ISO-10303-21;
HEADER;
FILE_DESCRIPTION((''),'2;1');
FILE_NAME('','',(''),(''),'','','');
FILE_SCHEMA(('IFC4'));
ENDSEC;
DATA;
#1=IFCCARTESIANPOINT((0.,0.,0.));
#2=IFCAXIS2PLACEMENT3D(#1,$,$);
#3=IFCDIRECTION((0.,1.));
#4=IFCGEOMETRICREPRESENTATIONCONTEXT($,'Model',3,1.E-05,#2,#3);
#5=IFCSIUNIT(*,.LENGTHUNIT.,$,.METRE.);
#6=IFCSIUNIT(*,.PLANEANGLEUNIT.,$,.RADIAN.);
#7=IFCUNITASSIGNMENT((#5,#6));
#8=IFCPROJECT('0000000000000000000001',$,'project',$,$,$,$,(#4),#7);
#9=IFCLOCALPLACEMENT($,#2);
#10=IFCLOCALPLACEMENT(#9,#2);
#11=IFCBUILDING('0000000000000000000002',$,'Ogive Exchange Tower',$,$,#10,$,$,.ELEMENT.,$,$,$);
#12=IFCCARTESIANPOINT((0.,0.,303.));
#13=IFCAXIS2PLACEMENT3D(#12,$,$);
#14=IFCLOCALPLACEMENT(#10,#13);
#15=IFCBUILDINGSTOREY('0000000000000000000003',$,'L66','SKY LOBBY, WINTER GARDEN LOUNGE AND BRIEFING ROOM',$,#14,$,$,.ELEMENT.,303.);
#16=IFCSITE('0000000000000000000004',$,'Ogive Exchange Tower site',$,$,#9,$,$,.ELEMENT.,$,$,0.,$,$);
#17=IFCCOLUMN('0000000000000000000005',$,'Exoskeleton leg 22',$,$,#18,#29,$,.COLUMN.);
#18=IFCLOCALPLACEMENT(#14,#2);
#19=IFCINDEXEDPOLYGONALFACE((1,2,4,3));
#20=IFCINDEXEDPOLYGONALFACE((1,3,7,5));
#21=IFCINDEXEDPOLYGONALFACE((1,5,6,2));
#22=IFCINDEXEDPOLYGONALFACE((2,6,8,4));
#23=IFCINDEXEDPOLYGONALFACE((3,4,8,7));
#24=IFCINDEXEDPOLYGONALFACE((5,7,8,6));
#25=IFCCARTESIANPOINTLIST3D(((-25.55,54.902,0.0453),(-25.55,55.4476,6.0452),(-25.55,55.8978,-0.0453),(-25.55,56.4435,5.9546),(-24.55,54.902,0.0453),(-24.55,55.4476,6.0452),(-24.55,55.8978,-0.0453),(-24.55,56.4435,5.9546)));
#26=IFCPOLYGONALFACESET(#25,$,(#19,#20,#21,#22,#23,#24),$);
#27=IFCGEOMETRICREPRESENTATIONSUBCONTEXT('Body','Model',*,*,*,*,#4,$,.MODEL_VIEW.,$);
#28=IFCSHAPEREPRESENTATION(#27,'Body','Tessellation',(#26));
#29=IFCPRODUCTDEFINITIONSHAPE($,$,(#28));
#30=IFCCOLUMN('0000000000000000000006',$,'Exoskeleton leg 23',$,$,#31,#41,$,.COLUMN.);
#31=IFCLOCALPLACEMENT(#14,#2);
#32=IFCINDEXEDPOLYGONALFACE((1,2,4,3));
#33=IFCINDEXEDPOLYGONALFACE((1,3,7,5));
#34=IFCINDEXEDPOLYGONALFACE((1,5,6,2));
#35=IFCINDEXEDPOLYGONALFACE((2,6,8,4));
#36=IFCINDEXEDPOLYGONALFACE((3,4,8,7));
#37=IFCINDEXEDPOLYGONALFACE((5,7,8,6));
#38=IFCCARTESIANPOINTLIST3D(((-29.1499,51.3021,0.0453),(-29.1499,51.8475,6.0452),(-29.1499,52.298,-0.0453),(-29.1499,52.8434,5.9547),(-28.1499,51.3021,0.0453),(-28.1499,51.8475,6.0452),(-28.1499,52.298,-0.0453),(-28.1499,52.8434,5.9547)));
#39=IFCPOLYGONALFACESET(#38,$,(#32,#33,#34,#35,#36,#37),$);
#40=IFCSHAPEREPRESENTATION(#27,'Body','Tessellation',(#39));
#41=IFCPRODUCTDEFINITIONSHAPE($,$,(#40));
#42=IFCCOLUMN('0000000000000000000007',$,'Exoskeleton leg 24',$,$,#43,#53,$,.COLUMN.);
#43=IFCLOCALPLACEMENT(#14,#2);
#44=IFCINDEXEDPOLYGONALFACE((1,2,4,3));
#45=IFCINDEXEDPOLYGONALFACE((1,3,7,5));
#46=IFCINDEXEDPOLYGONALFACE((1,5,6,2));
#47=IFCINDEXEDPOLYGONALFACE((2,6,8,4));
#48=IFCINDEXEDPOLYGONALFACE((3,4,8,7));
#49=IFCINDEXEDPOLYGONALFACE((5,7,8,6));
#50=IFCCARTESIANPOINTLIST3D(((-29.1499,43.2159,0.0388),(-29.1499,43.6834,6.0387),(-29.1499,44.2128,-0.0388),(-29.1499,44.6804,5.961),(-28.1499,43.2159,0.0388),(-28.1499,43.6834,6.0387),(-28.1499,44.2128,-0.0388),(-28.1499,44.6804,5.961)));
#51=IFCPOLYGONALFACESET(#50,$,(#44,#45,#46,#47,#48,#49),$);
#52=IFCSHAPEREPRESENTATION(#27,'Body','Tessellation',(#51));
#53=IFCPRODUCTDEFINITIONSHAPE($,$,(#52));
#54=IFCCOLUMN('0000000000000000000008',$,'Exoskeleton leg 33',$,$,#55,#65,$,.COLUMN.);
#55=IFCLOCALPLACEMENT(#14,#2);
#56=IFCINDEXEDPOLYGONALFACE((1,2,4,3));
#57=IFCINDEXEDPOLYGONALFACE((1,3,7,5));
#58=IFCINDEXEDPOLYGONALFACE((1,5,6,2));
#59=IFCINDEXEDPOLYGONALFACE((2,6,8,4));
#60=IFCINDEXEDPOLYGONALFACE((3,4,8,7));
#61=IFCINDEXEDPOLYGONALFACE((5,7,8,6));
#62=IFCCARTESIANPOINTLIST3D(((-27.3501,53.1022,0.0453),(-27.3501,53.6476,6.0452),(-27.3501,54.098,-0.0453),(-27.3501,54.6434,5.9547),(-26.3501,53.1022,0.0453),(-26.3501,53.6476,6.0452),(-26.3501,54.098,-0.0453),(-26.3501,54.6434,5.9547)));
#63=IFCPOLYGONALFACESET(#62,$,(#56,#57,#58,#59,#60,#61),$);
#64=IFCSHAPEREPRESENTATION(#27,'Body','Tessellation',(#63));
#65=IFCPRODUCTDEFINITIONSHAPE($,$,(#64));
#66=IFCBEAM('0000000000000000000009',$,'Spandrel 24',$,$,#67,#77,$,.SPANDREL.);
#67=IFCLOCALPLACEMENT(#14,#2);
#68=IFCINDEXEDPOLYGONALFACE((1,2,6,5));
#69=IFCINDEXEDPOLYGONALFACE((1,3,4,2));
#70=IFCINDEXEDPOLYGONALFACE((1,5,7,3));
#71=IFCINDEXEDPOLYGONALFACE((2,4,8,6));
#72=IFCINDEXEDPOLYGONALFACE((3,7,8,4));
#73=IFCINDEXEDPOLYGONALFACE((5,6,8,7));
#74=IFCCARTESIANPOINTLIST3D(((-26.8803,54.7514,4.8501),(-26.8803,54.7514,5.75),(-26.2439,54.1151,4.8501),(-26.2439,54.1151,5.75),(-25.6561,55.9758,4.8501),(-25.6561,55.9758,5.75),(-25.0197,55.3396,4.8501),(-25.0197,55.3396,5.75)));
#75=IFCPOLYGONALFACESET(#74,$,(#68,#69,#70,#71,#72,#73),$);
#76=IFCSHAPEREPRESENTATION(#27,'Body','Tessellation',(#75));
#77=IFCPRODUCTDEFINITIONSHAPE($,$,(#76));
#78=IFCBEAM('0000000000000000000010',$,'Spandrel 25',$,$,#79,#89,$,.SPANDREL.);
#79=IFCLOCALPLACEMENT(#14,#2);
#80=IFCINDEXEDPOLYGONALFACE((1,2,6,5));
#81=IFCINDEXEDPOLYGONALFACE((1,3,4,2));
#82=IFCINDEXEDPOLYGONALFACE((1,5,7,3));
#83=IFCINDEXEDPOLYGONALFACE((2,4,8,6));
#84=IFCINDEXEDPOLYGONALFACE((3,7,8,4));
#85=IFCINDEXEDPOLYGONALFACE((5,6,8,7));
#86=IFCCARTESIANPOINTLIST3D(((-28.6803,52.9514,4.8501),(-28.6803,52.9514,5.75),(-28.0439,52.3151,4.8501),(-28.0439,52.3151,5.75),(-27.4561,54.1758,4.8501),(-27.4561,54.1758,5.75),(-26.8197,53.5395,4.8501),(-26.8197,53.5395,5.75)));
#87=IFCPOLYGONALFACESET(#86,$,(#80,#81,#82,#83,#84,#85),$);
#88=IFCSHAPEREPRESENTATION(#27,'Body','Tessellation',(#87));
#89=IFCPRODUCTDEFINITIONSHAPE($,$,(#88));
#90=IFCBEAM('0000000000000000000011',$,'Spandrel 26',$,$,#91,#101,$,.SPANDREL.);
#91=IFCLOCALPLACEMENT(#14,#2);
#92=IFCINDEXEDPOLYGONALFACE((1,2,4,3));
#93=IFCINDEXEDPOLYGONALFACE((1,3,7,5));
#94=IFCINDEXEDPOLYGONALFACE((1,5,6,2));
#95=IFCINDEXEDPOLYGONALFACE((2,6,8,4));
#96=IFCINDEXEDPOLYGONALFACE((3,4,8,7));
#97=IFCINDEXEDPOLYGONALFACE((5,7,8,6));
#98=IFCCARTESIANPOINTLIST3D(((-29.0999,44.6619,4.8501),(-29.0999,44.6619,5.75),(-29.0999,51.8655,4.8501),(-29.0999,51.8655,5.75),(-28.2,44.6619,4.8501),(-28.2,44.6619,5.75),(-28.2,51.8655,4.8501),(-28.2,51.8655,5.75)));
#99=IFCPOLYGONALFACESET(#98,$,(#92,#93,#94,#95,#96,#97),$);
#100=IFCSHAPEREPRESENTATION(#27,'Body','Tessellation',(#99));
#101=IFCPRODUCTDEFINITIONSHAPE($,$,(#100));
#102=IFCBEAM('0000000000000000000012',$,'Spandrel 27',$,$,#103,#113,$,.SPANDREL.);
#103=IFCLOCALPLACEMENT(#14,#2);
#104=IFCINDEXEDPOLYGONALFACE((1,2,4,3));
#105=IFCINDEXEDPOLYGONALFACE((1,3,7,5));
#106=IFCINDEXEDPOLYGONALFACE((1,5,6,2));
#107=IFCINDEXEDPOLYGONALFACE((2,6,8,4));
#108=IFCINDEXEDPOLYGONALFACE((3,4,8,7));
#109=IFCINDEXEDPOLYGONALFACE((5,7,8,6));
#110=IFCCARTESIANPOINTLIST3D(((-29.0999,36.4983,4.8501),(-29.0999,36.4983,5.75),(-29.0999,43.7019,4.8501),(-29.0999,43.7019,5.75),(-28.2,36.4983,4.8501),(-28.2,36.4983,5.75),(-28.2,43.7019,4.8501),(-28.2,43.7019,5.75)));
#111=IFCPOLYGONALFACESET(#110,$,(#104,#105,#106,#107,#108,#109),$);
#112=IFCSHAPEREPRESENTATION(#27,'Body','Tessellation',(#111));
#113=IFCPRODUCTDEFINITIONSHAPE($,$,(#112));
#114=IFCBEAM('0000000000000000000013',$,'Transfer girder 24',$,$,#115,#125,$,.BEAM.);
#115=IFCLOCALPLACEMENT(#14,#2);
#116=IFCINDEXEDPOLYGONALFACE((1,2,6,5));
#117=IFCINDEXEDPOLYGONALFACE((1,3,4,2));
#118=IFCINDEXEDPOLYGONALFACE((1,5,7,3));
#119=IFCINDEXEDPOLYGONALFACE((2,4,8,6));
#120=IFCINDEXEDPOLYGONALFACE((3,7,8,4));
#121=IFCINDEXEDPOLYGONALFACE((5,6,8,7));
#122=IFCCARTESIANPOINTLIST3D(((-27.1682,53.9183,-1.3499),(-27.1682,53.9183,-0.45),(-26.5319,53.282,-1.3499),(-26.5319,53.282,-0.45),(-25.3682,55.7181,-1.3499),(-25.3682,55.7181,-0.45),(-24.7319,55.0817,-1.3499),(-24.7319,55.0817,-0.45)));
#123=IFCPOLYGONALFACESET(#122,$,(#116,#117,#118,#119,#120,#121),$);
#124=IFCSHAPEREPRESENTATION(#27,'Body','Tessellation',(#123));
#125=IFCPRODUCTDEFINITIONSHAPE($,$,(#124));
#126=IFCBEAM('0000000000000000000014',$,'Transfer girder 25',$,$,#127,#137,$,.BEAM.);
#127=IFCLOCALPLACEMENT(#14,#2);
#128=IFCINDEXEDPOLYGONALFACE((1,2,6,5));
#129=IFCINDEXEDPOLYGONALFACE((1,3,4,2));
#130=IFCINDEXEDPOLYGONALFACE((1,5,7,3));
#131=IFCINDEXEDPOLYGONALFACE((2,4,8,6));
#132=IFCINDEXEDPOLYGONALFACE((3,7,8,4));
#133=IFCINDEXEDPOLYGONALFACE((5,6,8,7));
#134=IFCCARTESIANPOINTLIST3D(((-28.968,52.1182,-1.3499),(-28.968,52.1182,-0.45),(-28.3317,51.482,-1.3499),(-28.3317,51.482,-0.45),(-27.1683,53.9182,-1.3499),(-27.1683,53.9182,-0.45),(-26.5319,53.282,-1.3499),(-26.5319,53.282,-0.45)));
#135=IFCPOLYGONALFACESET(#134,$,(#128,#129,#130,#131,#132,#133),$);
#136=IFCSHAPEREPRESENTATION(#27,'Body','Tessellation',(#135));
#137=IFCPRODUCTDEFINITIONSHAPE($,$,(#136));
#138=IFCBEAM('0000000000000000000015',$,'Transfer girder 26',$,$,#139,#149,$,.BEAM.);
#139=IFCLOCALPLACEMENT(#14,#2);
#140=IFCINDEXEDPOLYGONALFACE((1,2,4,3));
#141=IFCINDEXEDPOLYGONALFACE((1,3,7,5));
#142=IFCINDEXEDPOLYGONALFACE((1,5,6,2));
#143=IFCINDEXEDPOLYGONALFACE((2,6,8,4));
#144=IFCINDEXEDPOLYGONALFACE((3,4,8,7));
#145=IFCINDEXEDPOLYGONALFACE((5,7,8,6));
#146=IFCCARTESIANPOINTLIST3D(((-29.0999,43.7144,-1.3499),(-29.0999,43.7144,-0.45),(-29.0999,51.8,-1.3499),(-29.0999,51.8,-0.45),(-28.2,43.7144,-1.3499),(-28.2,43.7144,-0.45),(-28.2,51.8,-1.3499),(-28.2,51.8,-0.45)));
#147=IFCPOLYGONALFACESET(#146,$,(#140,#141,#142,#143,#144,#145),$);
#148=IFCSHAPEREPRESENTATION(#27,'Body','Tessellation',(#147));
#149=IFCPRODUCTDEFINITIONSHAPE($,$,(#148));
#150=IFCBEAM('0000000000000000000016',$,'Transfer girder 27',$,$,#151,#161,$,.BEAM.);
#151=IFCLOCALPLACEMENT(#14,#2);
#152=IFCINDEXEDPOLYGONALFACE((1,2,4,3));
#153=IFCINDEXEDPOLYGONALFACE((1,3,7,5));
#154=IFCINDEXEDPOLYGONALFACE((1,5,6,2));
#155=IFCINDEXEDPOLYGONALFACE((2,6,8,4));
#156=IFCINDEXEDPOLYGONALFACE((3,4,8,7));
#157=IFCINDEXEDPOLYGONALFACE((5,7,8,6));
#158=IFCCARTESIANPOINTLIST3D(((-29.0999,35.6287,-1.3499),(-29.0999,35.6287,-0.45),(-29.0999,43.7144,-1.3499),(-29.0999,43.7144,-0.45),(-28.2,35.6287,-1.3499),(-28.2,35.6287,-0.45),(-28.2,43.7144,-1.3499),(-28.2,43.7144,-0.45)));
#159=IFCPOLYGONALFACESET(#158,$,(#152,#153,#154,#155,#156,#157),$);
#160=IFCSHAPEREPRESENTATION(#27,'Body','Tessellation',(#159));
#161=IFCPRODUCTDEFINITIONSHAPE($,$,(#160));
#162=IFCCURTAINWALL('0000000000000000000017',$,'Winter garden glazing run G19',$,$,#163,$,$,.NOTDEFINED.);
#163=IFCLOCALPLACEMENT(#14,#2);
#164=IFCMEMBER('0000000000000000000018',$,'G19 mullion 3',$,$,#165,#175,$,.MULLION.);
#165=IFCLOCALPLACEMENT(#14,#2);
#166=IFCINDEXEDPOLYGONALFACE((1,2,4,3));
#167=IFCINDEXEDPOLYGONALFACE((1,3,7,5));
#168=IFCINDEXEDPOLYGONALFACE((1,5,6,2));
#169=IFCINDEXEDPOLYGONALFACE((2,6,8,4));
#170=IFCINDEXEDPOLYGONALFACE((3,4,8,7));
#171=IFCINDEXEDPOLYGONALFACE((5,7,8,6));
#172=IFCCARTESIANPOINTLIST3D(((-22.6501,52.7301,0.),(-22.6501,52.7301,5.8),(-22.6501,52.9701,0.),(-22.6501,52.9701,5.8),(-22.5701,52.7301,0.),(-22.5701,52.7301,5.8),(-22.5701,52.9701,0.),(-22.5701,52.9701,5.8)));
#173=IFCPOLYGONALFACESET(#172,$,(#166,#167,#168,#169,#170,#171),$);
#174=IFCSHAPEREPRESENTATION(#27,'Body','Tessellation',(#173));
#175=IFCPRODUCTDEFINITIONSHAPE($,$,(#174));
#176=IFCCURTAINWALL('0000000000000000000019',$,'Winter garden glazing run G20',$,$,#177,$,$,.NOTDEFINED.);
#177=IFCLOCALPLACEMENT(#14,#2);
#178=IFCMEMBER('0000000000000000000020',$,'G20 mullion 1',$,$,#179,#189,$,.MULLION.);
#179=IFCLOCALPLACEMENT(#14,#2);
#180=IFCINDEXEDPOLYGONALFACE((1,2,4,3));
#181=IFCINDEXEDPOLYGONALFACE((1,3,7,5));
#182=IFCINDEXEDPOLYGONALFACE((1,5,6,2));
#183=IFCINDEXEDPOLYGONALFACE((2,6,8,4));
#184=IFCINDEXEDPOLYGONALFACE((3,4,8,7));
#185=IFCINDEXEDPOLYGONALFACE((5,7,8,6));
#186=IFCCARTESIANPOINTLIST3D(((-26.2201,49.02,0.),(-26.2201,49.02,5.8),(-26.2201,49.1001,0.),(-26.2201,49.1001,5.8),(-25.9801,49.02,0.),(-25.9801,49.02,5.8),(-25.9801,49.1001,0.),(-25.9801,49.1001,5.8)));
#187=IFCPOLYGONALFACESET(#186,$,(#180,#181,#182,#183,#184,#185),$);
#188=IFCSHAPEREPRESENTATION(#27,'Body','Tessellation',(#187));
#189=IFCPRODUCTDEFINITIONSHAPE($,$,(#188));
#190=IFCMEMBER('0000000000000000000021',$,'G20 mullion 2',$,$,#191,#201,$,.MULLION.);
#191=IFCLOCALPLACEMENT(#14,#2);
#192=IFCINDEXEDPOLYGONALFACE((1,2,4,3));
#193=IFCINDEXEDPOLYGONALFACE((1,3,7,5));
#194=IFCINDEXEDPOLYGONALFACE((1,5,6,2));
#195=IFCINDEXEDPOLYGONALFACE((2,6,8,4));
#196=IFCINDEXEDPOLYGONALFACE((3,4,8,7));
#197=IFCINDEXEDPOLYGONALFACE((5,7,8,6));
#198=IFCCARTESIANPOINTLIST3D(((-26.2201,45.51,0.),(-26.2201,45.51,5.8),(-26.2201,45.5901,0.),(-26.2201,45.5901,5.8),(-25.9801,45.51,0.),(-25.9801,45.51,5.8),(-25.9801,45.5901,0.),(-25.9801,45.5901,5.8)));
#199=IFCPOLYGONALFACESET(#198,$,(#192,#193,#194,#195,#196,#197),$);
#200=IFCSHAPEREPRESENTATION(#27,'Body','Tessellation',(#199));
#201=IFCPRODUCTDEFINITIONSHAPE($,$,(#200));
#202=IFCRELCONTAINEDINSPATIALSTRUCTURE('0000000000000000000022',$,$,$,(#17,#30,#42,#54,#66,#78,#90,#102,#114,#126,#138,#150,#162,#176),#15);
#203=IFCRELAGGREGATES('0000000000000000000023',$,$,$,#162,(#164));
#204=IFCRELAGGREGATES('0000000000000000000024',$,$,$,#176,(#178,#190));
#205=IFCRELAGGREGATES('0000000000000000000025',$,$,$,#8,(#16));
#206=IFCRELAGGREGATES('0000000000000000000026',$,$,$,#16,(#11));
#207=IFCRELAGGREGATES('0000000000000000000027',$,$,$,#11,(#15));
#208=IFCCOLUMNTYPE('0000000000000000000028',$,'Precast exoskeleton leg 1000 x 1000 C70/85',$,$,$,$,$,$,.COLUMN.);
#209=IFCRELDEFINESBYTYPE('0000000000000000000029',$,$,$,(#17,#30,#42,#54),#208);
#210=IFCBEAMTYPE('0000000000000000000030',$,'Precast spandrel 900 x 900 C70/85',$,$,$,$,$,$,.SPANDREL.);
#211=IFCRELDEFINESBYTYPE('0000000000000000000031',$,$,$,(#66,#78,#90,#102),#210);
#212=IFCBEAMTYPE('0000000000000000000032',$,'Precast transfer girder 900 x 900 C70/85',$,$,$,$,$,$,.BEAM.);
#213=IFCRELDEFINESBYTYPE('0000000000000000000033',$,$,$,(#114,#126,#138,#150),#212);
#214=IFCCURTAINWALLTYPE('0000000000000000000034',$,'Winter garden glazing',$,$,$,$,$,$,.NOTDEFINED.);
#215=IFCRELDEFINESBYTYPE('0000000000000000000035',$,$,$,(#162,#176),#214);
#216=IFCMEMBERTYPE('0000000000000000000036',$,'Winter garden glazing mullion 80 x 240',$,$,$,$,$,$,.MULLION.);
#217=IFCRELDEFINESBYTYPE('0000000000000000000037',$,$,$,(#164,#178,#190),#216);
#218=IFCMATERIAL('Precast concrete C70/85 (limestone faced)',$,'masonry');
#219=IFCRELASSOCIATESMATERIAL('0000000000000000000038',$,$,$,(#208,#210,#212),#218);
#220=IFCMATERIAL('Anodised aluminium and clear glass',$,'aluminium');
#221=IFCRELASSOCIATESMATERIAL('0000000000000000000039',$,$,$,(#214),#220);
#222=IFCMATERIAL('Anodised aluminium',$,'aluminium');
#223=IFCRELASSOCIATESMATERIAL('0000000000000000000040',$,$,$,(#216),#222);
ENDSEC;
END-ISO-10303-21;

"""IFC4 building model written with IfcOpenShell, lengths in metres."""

from ifc_helpers import new_model, si_unit, direction, frame, origin, origin_2d, place, context, subcontext, project, spatial, rectangle, extrude, material, material_profile, profile_set, type_object, element, aggregate, save


model = new_model("IFC4")

# Units and contexts
model_context = context("Model", 3, precision=1e-05, world=origin(), true_north=direction((0.0, 1.0)))
body_context = subcontext(model_context, "Body", "Model", "MODEL_VIEW")
ifc_project = project(units=[si_unit("LENGTHUNIT", "METRE"), si_unit("PLANEANGLEUNIT", "RADIAN")], contexts=[model_context])

# Site, building, storey
site_placement = place(None, origin())
site = spatial("IfcSite", under=ifc_project, at=site_placement, Name="Ogive Exchange Tower site", CompositionType="ELEMENT", RefElevation=0.0)
building_placement = place(site_placement, origin())
building = spatial("IfcBuilding", under=site, at=building_placement, Name="Ogive Exchange Tower", CompositionType="ELEMENT")
storey_placement = place(building_placement, frame((0.0, 0.0, 303.0)))
storey = spatial("IfcBuildingStorey", under=building, at=storey_placement, Name="L66", Description="SKY LOBBY, WINTER GARDEN LOUNGE AND BRIEFING ROOM", CompositionType="ELEMENT", Elevation=303.0)

# Columns
ifc_material_1 = material(Name="Precast concrete C70/85 (limestone faced)", Category="masonry")
ifc_material_profile_1 = material_profile(ifc_material_1, rectangle(XDim=1.0, YDim=1.0, at=origin_2d()), Name="1000 x 1000")
ifc_profile_set_1 = profile_set([ifc_material_profile_1], Name="Precast concrete C70/85 (limestone faced)")
column_type = type_object("IfcColumnType", Name="Precast exoskeleton leg 1000 x 1000 C70/85", PredefinedType="COLUMN", material=ifc_profile_set_1)
for number, where, z_axis, x_axis, name in (
    (1, (-25.05, 55.3999, 0.0), (0.0, 0.090569, 0.99589), (-1.0, 0.0, 0.0), "Exoskeleton leg 22"),
    (2, (-28.6499, 51.8, 0.0), (0.0, 0.090528, 0.995894), (-1.0, 0.0, 0.0), "Exoskeleton leg 23"),
):
    element("IfcColumn", number, at=place(storey_placement, frame(where, z_axis=z_axis, x_axis=x_axis)), inside=storey, type_object=column_type, Name=name, PredefinedType="COLUMN", context=body_context, shape_type="SweptSolid", body=[
        extrude(rectangle(XDim=1.0, YDim=1.0, at=origin_2d()), origin(), (0.0, 0.0, 1.0), 6.0247),
    ])
column_1_placement = place(storey_placement, frame((-28.6499, 43.7144, 0.0), z_axis=(0.0, 0.077686, 0.996978), x_axis=(-1.0, 0.0, 0.0)))
element("IfcColumn", 3, at=column_1_placement, inside=storey, type_object=column_type, Name="Exoskeleton leg 24", PredefinedType="COLUMN", context=body_context, shape_type="SweptSolid", body=[
    extrude(rectangle(XDim=1.0, YDim=1.0, at=origin_2d()), origin(), (0.0, 0.0, 1.0), 6.0181),
])
column_2_placement = place(storey_placement, frame((-26.8501, 53.6001, 0.0), z_axis=(0.0, 0.090528, 0.995894), x_axis=(-1.0, 0.0, 0.0)))
element("IfcColumn", 4, at=column_2_placement, inside=storey, type_object=column_type, Name="Exoskeleton leg 33", PredefinedType="COLUMN", context=body_context, shape_type="SweptSolid", body=[
    extrude(rectangle(XDim=1.0, YDim=1.0, at=origin_2d()), origin(), (0.0, 0.0, 1.0), 6.0247),
])

# Beams
ifc_material_profile_2 = material_profile(ifc_material_1, rectangle(XDim=0.8999, YDim=0.8999, at=origin_2d()), Name="900 x 900")
ifc_profile_set_2 = profile_set([ifc_material_profile_2], Name="Precast concrete C70/85 (limestone faced)")
beam_type_1 = type_object("IfcBeamType", Name="Precast spandrel 900 x 900 C70/85", PredefinedType="SPANDREL", material=ifc_profile_set_2)
for number, where, z_axis, x_axis, name in (
    (5, (-25.3379, 55.6577, 5.3), (-0.707036, -0.707177, 0.0), (0.707177, -0.707036, 0.0), "Spandrel 24"),
    (6, (-27.1379, 53.8577, 5.3), (-0.707036, -0.707177, 0.0), (0.707177, -0.707036, 0.0), "Spandrel 25"),
):
    element("IfcBeam", number, at=place(storey_placement, frame(where, z_axis=z_axis, x_axis=x_axis)), inside=storey, type_object=beam_type_1, Name=name, PredefinedType="SPANDREL", context=body_context, shape_type="SweptSolid", body=[
        extrude(rectangle(XDim=0.8999, YDim=0.8999, at=origin_2d()), origin(), (0.0, 0.0, 1.0), 1.7314),
    ])
for number, where, z_axis, x_axis, name in (
    (7, (-28.6499, 51.8655, 5.3), (0.0, -1.0, 0.0), (1.0, 0.0, 0.0), "Spandrel 26"),
    (8, (-28.6499, 43.7019, 5.3), (0.0, -1.0, 0.0), (1.0, 0.0, 0.0), "Spandrel 27"),
):
    element("IfcBeam", number, at=place(storey_placement, frame(where, z_axis=z_axis, x_axis=x_axis)), inside=storey, type_object=beam_type_1, Name=name, PredefinedType="SPANDREL", context=body_context, shape_type="SweptSolid", body=[
        extrude(rectangle(XDim=0.8999, YDim=0.8999, at=origin_2d()), origin(), (0.0, 0.0, 1.0), 7.2036),
    ])
ifc_material_profile_3 = material_profile(ifc_material_1, rectangle(XDim=0.8999, YDim=0.8999, at=origin_2d()), Name="900 x 900")
ifc_profile_set_3 = profile_set([ifc_material_profile_3], Name="Precast concrete C70/85 (limestone faced)")
beam_type_2 = type_object("IfcBeamType", Name="Precast transfer girder 900 x 900 C70/85", PredefinedType="BEAM", material=ifc_profile_set_3)
for number, where, z_axis, x_axis, name in (
    (9, (-25.05, 55.3999, -0.8999), (-0.707155, -0.707059, 0.0), (0.707059, -0.707155, 0.0), "Transfer girder 24"),
    (10, (-26.8501, 53.6001, -0.8999), (-0.707059, -0.707155, 0.0), (0.707155, -0.707059, 0.0), "Transfer girder 25"),
):
    element("IfcBeam", number, at=place(storey_placement, frame(where, z_axis=z_axis, x_axis=x_axis)), inside=storey, type_object=beam_type_2, Name=name, PredefinedType="BEAM", context=body_context, shape_type="SweptSolid", body=[
        extrude(rectangle(XDim=0.8999, YDim=0.8999, at=origin_2d()), origin(), (0.0, 0.0, 1.0), 2.5454),
    ])
for number, where, z_axis, x_axis, name in (
    (11, (-28.6499, 51.8, -0.8999), (0.0, -1.0, 0.0), (1.0, 0.0, 0.0), "Transfer girder 26"),
    (12, (-28.6499, 43.7144, -0.8999), (0.0, -1.0, 0.0), (1.0, 0.0, 0.0), "Transfer girder 27"),
):
    element("IfcBeam", number, at=place(storey_placement, frame(where, z_axis=z_axis, x_axis=x_axis)), inside=storey, type_object=beam_type_2, Name=name, PredefinedType="BEAM", context=body_context, shape_type="SweptSolid", body=[
        extrude(rectangle(XDim=0.8999, YDim=0.8999, at=origin_2d()), origin(), (0.0, 0.0, 1.0), 8.0857),
    ])

# Curtain wall, member
ifc_material_2 = material(Name="Anodised aluminium and clear glass", Category="aluminium")
curtain_wall_type = type_object("IfcCurtainWallType", Name="Winter garden glazing", PredefinedType="NOTDEFINED", material=ifc_material_2)
curtain_wall_1_placement = place(storey_placement, origin())
curtain_wall_1 = element("IfcCurtainWall", 13, at=curtain_wall_1_placement, inside=storey, type_object=curtain_wall_type, Name="Winter garden glazing run G19", PredefinedType="NOTDEFINED")
ifc_material_3 = material(Name="Anodised aluminium", Category="aluminium")
ifc_material_profile_4 = material_profile(ifc_material_3, rectangle(XDim=0.24, YDim=0.0801, at=origin_2d()), Name="AL 80x240")
ifc_profile_set_4 = profile_set([ifc_material_profile_4], Name="Anodised aluminium")
member_type_1 = type_object("IfcMemberType", Name="Winter garden glazing mullion 80 x 240", PredefinedType="MULLION", material=ifc_profile_set_4)
member_1_placement = place(storey_placement, frame((-22.6101, 52.8501, 0.0), z_axis=(0.0, 0.0, 1.0), x_axis=(0.0, -1.0, 0.0)))
member_1 = element("IfcMember", 14, at=member_1_placement, type_object=member_type_1, Name="G19 mullion 3", PredefinedType="MULLION", context=body_context, shape_type="SweptSolid", body=[
    extrude(rectangle(XDim=0.24, YDim=0.0801, at=origin_2d()), origin(), (0.0, 0.0, 1.0), 5.8),
])

# Curtain wall, members
curtain_wall_2_placement = place(storey_placement, origin())
curtain_wall_2 = element("IfcCurtainWall", 15, at=curtain_wall_2_placement, inside=storey, type_object=curtain_wall_type, Name="Winter garden glazing run G20", PredefinedType="NOTDEFINED")
member_2_placement = place(storey_placement, frame((-26.1001, 49.0601, 0.0), z_axis=(0.0, 0.0, 1.0), x_axis=(1.0, 0.0, 0.0)))
member_2 = element("IfcMember", 16, at=member_2_placement, type_object=member_type_1, Name="G20 mullion 1", PredefinedType="MULLION", context=body_context, shape_type="SweptSolid", body=[
    extrude(rectangle(XDim=0.24, YDim=0.0801, at=origin_2d()), origin(), (0.0, 0.0, 1.0), 5.8),
])
member_3_placement = place(storey_placement, frame((-26.1001, 45.55, 0.0), z_axis=(0.0, 0.0, 1.0), x_axis=(1.0, 0.0, 0.0)))
member_3 = element("IfcMember", 17, at=member_3_placement, type_object=member_type_1, Name="G20 mullion 2", PredefinedType="MULLION", context=body_context, shape_type="SweptSolid", body=[
    extrude(rectangle(XDim=0.24, YDim=0.0801, at=origin_2d()), origin(), (0.0, 0.0, 1.0), 5.8),
])

aggregate(curtain_wall_1, [member_1])
aggregate(curtain_wall_2, [member_2, member_3])

save(model, "model.ifc")
